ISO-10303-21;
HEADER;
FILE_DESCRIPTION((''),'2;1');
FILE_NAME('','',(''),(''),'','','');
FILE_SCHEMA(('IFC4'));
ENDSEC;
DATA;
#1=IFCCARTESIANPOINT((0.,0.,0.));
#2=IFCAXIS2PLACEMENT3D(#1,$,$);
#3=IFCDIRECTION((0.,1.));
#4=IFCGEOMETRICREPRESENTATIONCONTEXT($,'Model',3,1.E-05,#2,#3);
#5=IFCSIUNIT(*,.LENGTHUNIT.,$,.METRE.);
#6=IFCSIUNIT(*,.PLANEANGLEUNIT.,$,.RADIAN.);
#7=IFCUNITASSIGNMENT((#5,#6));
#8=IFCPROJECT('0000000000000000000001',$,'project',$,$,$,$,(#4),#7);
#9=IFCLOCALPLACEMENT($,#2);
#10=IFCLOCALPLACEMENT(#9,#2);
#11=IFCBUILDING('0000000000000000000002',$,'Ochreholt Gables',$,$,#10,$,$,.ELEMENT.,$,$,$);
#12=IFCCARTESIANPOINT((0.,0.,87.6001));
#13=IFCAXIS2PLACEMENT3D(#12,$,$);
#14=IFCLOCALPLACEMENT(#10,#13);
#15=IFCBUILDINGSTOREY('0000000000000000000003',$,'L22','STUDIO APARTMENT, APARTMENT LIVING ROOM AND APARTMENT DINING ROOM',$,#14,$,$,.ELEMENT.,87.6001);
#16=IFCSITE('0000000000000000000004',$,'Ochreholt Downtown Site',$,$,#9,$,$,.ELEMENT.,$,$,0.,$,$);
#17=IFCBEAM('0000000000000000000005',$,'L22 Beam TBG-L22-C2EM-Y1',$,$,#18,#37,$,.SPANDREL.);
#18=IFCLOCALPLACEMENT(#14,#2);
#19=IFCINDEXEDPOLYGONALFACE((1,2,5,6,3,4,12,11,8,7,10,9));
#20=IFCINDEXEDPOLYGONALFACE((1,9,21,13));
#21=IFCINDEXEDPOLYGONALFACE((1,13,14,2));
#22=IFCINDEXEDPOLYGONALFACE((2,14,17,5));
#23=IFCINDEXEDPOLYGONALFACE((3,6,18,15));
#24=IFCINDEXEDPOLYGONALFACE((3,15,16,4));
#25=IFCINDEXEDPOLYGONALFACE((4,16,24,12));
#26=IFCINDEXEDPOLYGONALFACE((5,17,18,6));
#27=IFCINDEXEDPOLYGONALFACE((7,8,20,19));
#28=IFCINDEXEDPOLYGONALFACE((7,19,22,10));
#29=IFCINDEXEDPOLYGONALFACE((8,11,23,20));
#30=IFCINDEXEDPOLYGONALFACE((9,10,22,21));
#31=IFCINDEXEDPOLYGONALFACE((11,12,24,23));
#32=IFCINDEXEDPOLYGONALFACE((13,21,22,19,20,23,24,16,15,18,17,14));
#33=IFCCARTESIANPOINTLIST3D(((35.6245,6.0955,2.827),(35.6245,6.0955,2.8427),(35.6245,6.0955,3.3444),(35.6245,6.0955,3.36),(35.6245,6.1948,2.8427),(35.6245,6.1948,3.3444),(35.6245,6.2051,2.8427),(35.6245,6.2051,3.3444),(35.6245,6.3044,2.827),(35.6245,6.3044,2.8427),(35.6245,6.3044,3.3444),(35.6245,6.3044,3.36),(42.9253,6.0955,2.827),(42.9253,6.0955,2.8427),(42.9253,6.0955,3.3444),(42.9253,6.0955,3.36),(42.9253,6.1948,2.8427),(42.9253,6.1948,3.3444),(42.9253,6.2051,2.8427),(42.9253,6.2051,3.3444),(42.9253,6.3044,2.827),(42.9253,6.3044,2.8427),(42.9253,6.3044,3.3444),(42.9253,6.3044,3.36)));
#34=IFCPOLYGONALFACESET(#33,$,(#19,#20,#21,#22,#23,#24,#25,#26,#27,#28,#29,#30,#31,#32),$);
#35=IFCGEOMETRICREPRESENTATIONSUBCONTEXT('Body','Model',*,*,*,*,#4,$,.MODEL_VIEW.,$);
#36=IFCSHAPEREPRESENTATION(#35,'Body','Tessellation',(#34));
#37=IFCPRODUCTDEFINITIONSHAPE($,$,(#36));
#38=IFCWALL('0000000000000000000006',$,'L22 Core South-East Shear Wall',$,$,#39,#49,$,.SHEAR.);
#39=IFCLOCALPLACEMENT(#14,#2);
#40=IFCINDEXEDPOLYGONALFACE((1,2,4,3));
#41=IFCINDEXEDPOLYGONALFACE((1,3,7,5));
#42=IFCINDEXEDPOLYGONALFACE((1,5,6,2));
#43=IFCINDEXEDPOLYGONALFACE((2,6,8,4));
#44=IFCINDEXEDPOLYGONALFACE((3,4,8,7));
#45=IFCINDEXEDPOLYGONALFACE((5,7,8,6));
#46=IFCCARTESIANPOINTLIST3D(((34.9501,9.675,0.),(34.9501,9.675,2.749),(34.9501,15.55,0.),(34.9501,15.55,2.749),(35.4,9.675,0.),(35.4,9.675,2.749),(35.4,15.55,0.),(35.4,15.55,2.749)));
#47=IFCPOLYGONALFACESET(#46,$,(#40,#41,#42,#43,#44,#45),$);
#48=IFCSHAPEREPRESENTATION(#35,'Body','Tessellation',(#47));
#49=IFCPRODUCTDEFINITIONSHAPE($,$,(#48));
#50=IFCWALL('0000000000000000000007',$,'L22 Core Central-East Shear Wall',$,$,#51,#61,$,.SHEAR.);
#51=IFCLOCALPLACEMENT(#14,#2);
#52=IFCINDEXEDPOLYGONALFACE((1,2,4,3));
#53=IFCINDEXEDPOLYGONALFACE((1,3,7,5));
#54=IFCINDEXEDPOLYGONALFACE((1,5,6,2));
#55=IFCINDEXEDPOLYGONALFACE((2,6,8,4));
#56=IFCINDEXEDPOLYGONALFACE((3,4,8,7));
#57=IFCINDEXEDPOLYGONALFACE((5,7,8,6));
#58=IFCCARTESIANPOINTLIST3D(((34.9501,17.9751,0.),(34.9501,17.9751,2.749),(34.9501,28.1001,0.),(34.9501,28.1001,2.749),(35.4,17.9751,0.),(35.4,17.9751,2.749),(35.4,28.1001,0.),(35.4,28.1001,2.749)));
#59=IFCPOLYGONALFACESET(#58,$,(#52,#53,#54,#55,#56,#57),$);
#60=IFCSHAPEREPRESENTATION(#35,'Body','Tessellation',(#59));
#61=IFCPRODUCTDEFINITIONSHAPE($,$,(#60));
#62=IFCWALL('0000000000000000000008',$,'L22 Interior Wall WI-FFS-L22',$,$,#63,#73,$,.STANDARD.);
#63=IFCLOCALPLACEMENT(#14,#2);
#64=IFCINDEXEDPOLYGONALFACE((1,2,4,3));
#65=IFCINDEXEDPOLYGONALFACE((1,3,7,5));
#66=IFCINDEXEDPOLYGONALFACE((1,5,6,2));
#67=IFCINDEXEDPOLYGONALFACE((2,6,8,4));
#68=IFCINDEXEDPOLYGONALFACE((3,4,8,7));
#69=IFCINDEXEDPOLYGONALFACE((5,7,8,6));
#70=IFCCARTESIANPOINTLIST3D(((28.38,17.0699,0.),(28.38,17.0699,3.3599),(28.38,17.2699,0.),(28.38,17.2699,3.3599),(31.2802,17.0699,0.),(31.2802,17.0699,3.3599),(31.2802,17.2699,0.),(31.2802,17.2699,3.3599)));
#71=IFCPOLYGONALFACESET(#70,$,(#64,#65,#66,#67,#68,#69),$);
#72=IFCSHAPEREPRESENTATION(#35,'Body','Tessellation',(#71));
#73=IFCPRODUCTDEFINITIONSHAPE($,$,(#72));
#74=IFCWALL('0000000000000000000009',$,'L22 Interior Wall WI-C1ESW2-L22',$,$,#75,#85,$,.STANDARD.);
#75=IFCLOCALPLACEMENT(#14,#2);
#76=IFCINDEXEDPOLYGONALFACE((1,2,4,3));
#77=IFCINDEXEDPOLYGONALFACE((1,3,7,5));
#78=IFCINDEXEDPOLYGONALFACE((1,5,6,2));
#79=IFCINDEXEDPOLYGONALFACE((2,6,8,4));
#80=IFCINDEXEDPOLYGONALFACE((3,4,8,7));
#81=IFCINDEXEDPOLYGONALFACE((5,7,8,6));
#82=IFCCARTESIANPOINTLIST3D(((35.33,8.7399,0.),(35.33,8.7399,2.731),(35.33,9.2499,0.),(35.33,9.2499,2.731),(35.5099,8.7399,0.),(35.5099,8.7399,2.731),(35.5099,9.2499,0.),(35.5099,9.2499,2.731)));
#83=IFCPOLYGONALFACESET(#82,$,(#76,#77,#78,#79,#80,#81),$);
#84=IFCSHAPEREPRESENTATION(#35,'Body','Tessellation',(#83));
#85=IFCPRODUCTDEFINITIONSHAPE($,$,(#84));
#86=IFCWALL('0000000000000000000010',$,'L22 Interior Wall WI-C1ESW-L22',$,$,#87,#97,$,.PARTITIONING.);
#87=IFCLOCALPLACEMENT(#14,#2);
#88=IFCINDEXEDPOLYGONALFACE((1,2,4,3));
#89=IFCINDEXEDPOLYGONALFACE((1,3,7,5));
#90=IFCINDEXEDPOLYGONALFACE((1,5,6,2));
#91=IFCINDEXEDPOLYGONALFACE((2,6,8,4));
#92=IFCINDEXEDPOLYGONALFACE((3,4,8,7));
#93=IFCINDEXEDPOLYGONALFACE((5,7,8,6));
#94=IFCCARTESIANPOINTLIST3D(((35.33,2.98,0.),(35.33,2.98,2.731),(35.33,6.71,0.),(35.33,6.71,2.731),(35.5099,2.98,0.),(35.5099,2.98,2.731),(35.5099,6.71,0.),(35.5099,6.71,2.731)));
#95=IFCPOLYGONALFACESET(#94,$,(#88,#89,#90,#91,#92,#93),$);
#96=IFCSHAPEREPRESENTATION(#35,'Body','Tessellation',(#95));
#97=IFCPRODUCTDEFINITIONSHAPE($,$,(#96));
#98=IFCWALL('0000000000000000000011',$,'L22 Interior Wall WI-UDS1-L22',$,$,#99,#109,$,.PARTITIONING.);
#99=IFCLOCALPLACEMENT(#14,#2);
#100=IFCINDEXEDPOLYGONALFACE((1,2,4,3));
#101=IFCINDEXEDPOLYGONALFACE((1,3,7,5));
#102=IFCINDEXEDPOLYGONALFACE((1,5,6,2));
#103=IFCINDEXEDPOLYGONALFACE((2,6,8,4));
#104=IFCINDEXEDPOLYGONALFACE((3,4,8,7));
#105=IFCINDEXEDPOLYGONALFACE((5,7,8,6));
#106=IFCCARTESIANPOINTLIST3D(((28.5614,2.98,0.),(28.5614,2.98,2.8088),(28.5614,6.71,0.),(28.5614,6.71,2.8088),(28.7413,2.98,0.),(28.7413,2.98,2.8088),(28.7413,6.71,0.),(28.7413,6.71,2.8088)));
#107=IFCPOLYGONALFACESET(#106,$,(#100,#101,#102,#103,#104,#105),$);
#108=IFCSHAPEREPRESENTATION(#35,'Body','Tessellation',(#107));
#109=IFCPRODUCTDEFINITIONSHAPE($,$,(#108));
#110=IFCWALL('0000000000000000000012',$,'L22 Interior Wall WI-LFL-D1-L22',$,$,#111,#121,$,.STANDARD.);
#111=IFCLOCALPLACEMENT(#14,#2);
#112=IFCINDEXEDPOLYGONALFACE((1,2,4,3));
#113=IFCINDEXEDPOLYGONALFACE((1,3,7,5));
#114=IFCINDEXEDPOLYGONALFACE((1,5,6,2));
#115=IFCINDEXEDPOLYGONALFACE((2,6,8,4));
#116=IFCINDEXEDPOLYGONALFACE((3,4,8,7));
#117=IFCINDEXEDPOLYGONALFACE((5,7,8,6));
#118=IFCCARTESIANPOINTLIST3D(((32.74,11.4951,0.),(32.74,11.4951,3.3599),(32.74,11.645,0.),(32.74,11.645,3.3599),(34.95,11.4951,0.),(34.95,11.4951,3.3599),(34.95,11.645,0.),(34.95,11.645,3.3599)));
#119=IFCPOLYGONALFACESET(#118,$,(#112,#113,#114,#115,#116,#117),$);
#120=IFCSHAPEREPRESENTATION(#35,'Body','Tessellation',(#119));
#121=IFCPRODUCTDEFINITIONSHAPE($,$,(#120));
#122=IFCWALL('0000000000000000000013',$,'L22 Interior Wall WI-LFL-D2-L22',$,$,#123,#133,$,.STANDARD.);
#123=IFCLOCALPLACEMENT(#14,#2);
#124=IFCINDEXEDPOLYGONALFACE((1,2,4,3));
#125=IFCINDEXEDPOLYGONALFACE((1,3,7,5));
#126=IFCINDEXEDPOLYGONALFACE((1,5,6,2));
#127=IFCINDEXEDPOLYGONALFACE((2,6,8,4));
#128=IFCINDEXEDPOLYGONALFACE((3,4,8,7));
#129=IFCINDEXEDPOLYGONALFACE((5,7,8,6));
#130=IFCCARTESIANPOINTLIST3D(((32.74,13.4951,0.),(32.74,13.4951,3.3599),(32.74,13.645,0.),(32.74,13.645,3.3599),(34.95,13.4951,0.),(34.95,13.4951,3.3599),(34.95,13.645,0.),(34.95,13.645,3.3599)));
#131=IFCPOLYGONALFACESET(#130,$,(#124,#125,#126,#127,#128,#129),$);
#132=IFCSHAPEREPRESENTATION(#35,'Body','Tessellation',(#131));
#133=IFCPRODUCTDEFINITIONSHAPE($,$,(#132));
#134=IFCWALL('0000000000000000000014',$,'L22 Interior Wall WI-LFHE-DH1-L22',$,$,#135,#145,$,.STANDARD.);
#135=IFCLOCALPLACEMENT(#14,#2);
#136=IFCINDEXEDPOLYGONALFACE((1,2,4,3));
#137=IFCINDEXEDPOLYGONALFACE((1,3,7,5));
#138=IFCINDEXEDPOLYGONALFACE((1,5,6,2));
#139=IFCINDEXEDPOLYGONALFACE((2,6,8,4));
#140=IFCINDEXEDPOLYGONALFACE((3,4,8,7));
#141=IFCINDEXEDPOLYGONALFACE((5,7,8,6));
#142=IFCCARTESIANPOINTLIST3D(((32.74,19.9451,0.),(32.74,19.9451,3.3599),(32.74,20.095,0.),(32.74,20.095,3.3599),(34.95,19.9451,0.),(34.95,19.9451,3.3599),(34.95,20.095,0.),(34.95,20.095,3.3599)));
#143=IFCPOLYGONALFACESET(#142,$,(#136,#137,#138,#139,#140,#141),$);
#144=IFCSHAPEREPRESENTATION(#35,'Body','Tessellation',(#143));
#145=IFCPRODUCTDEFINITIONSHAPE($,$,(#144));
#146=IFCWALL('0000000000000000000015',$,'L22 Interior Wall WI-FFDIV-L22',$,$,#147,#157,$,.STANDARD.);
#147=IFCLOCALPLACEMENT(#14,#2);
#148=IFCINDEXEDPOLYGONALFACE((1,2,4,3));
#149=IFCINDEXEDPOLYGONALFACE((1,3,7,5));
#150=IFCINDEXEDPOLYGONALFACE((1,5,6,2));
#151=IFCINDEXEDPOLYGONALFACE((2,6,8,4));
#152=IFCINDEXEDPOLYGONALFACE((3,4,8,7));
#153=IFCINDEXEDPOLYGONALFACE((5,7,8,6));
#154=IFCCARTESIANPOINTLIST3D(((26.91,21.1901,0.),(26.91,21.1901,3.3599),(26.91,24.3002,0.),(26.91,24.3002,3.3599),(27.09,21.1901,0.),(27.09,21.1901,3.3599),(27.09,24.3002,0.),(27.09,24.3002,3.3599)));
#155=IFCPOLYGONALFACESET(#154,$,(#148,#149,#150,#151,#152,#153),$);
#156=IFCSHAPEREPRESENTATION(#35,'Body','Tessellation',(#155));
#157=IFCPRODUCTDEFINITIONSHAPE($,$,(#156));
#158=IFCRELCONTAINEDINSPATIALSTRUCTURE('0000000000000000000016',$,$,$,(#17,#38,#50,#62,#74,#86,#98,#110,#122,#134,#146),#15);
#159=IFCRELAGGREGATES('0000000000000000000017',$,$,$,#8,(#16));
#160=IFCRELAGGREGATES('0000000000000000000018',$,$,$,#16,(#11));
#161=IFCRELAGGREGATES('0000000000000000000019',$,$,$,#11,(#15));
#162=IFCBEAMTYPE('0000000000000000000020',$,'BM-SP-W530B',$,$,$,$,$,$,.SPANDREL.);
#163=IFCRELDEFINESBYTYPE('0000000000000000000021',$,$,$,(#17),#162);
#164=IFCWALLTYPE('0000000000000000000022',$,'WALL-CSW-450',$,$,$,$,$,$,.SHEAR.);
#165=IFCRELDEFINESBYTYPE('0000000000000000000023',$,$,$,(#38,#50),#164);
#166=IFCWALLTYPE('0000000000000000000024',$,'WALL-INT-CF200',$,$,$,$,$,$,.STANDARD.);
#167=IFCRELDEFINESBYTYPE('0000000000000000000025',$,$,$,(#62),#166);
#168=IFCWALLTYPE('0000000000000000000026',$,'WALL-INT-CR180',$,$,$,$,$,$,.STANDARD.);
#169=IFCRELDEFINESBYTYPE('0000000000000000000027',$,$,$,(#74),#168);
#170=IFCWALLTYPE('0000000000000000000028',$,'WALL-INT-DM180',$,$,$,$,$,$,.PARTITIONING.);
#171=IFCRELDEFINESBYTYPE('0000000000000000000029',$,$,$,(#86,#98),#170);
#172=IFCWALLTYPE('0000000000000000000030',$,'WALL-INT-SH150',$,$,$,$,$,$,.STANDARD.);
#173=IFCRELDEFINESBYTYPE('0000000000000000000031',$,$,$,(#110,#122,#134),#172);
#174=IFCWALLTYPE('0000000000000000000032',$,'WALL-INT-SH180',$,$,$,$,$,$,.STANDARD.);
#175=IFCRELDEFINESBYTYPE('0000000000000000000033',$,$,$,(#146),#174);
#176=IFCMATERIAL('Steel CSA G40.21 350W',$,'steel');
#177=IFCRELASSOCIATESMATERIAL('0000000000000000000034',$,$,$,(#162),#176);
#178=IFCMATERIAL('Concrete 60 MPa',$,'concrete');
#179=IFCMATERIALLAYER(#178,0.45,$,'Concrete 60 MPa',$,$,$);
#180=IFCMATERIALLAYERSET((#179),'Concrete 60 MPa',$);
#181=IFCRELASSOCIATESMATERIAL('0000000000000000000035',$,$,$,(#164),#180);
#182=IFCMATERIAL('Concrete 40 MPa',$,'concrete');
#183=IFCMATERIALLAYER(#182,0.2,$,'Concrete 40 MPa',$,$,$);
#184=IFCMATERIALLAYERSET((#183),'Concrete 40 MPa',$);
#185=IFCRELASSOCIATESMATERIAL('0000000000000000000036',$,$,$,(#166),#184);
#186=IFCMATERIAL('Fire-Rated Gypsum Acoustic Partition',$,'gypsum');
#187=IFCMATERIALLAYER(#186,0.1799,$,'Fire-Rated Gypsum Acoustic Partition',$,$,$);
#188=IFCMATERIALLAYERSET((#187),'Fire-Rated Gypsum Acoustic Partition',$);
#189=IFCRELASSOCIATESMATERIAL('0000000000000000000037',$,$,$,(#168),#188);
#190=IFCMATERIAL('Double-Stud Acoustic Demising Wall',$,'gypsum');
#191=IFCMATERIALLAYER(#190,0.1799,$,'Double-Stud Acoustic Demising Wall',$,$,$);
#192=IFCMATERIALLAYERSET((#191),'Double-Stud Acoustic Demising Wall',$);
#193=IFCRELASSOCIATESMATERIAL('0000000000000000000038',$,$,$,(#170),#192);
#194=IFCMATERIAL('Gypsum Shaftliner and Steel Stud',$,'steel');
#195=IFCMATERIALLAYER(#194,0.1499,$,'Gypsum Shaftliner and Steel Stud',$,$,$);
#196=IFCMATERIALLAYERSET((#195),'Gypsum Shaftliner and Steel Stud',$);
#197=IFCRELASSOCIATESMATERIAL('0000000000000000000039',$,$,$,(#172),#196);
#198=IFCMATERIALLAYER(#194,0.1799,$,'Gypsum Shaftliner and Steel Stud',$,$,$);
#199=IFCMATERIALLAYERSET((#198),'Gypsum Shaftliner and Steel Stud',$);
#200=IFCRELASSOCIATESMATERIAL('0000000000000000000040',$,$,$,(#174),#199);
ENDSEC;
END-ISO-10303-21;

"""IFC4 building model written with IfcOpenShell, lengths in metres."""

from ifc_helpers import new_model, si_unit, direction, frame, frame_2d, origin, origin_2d, place, context, subcontext, project, spatial, rectangle, i_section, extrude, material, layer, layer_set, material_profile, profile_set, type_object, element, save


model = new_model("IFC4")

# Units and contexts
model_context = context("Model", 3, precision=1e-05, world=origin(), true_north=direction((0.0, 1.0)))
body_context = subcontext(model_context, "Body", "Model", "MODEL_VIEW")
ifc_project = project(units=[si_unit("LENGTHUNIT", "METRE"), si_unit("PLANEANGLEUNIT", "RADIAN")], contexts=[model_context])

# Site, building, storey
site_placement = place(None, origin())
site = spatial("IfcSite", under=ifc_project, at=site_placement, Name="Ochreholt Downtown Site", CompositionType="ELEMENT", RefElevation=0.0)
building_placement = place(site_placement, origin())
building = spatial("IfcBuilding", under=site, at=building_placement, Name="Ochreholt Gables", CompositionType="ELEMENT")
storey_placement = place(building_placement, frame((0.0, 0.0, 87.6001)))
storey = spatial("IfcBuildingStorey", under=building, at=storey_placement, Name="L22", Description="STUDIO APARTMENT, APARTMENT LIVING ROOM AND APARTMENT DINING ROOM", CompositionType="ELEMENT", Elevation=87.6001)

# Shared definitions
ifc_material_1 = material(Name="Concrete 60 MPa", Category="concrete")

# Beam
ifc_material_2 = material(Name="Steel CSA G40.21 350W", Category="steel")
ifc_material_profile_1 = material_profile(ifc_material_2, i_section(OverallWidth=0.209, OverallDepth=0.533, WebThickness=0.0103, FlangeThickness=0.0156, at=origin_2d()), Name="W530X92")
ifc_profile_set_1 = profile_set([ifc_material_profile_1], Name="Steel CSA G40.21 350W")
beam_type_1 = type_object("IfcBeamType", Name="BM-SP-W530B", PredefinedType="SPANDREL", material=ifc_profile_set_1)
beam_1_placement = place(storey_placement, frame((35.6245, 6.2, 3.0935), z_axis=(1.0, 0.0, 0.0), x_axis=(0.0, 1.0, 0.0)))
element("IfcBeam", 1, at=beam_1_placement, inside=storey, type_object=beam_type_1, Name="L22 Beam TBG-L22-C2EM-Y1", PredefinedType="SPANDREL", context=body_context, shape_type="SweptSolid", body=[
    extrude(i_section(OverallWidth=0.209, OverallDepth=0.533, WebThickness=0.0103, FlangeThickness=0.0156, at=origin_2d()), origin(), (0.0, 0.0, 1.0), 7.3008),
])

# Walls
ifc_layer_1 = layer(ifc_material_1, 0.45, Name="Concrete 60 MPa")
ifc_layer_set_1 = layer_set([ifc_layer_1], Name="Concrete 60 MPa")
wall_type_1 = type_object("IfcWallType", Name="WALL-CSW-450", PredefinedType="SHEAR", material=ifc_layer_set_1)
wall_1_placement = place(storey_placement, frame((35.175, 9.675, 0.0), z_axis=(0.0, 0.0, 1.0), x_axis=(0.0, 1.0, 0.0)))
element("IfcWall", 2, at=wall_1_placement, inside=storey, type_object=wall_type_1, Name="L22 Core South-East Shear Wall", PredefinedType="SHEAR", context=body_context, shape_type="SweptSolid", body=[
    extrude(rectangle(XDim=5.875, YDim=0.45, at=frame_2d((2.9375, 0.0))), origin(), (0.0, 0.0, 1.0), 2.749),
])
wall_2_placement = place(storey_placement, frame((35.175, 17.9751, 0.0), z_axis=(0.0, 0.0, 1.0), x_axis=(0.0, 1.0, 0.0)))
element("IfcWall", 3, at=wall_2_placement, inside=storey, type_object=wall_type_1, Name="L22 Core Central-East Shear Wall", PredefinedType="SHEAR", context=body_context, shape_type="SweptSolid", body=[
    extrude(rectangle(XDim=10.125, YDim=0.45, at=frame_2d((5.0625, 0.0))), origin(), (0.0, 0.0, 1.0), 2.749),
])
ifc_material_3 = material(Name="Concrete 40 MPa", Category="concrete")
ifc_layer_2 = layer(ifc_material_3, 0.2, Name="Concrete 40 MPa")
ifc_layer_set_2 = layer_set([ifc_layer_2], Name="Concrete 40 MPa")
wall_type_2 = type_object("IfcWallType", Name="WALL-INT-CF200", PredefinedType="STANDARD", material=ifc_layer_set_2)
wall_3_placement = place(storey_placement, frame((28.3799, 17.1699, 0.0), z_axis=(0.0, 0.0, 1.0), x_axis=(1.0, 0.0, 0.0)))
element("IfcWall", 4, at=wall_3_placement, inside=storey, type_object=wall_type_2, Name="L22 Interior Wall WI-FFS-L22", PredefinedType="STANDARD", context=body_context, shape_type="SweptSolid", body=[
    extrude(rectangle(XDim=2.9001, YDim=0.2, at=frame_2d((1.4502, 0.0))), origin(), (0.0, 0.0, 1.0), 3.3599),
])

# Walls
ifc_material_4 = material(Name="Fire-Rated Gypsum Acoustic Partition", Category="gypsum")
ifc_layer_3 = layer(ifc_material_4, 0.1799, Name="Fire-Rated Gypsum Acoustic Partition")
ifc_layer_set_3 = layer_set([ifc_layer_3], Name="Fire-Rated Gypsum Acoustic Partition")
wall_type_3 = type_object("IfcWallType", Name="WALL-INT-CR180", PredefinedType="STANDARD", material=ifc_layer_set_3)
wall_4_placement = place(storey_placement, frame((35.4199, 8.74, 0.0), z_axis=(0.0, 0.0, 1.0), x_axis=(0.0, 1.0, 0.0)))
element("IfcWall", 5, at=wall_4_placement, inside=storey, type_object=wall_type_3, Name="L22 Interior Wall WI-C1ESW2-L22", PredefinedType="STANDARD", context=body_context, shape_type="SweptSolid", body=[
    extrude(rectangle(XDim=0.51, YDim=0.1799, at=frame_2d((0.2549, 0.0))), origin(), (0.0, 0.0, 1.0), 2.731),
])
ifc_material_5 = material(Name="Double-Stud Acoustic Demising Wall", Category="gypsum")
ifc_layer_4 = layer(ifc_material_5, 0.1799, Name="Double-Stud Acoustic Demising Wall")
ifc_layer_set_4 = layer_set([ifc_layer_4], Name="Double-Stud Acoustic Demising Wall")
wall_type_4 = type_object("IfcWallType", Name="WALL-INT-DM180", PredefinedType="PARTITIONING", material=ifc_layer_set_4)
wall_5_placement = place(storey_placement, frame((35.4199, 2.98, 0.0), z_axis=(0.0, 0.0, 1.0), x_axis=(0.0, 1.0, 0.0)))
element("IfcWall", 6, at=wall_5_placement, inside=storey, type_object=wall_type_4, Name="L22 Interior Wall WI-C1ESW-L22", PredefinedType="PARTITIONING", context=body_context, shape_type="SweptSolid", body=[
    extrude(rectangle(XDim=3.73, YDim=0.1799, at=frame_2d((1.865, 0.0))), origin(), (0.0, 0.0, 1.0), 2.731),
])
wall_6_placement = place(storey_placement, frame((28.6514, 2.98, 0.0), z_axis=(0.0, 0.0, 1.0), x_axis=(0.0, 1.0, 0.0)))
element("IfcWall", 7, at=wall_6_placement, inside=storey, type_object=wall_type_4, Name="L22 Interior Wall WI-UDS1-L22", PredefinedType="PARTITIONING", context=body_context, shape_type="SweptSolid", body=[
    extrude(rectangle(XDim=3.73, YDim=0.1799, at=frame_2d((1.865, 0.0))), origin(), (0.0, 0.0, 1.0), 2.8088),
])
ifc_material_6 = material(Name="Gypsum Shaftliner and Steel Stud", Category="steel")
ifc_layer_5 = layer(ifc_material_6, 0.1499, Name="Gypsum Shaftliner and Steel Stud")
ifc_layer_set_5 = layer_set([ifc_layer_5], Name="Gypsum Shaftliner and Steel Stud")
wall_type_5 = type_object("IfcWallType", Name="WALL-INT-SH150", PredefinedType="STANDARD", material=ifc_layer_set_5)
for number, where, z_axis, x_axis, name in (
    (8, (32.74, 11.5701, 0.0), (0.0, 0.0, 1.0), (1.0, 0.0, 0.0), "L22 Interior Wall WI-LFL-D1-L22"),
    (9, (32.74, 13.5701, 0.0), (0.0, 0.0, 1.0), (1.0, 0.0, 0.0), "L22 Interior Wall WI-LFL-D2-L22"),
    (10, (32.74, 20.02, 0.0), (0.0, 0.0, 1.0), (1.0, 0.0, 0.0), "L22 Interior Wall WI-LFHE-DH1-L22"),
):
    element("IfcWall", number, at=place(storey_placement, frame(where, z_axis=z_axis, x_axis=x_axis)), inside=storey, type_object=wall_type_5, Name=name, PredefinedType="STANDARD", context=body_context, shape_type="SweptSolid", body=[
        extrude(rectangle(XDim=2.21, YDim=0.1499, at=frame_2d((1.105, 0.0))), origin(), (0.0, 0.0, 1.0), 3.3599),
    ])
ifc_layer_6 = layer(ifc_material_6, 0.1799, Name="Gypsum Shaftliner and Steel Stud")
ifc_layer_set_6 = layer_set([ifc_layer_6], Name="Gypsum Shaftliner and Steel Stud")
wall_type_6 = type_object("IfcWallType", Name="WALL-INT-SH180", PredefinedType="STANDARD", material=ifc_layer_set_6)
wall_7_placement = place(storey_placement, frame((27.0, 21.1899, 0.0), z_axis=(0.0, 0.0, 1.0), x_axis=(0.0, 1.0, 0.0)))
element("IfcWall", 11, at=wall_7_placement, inside=storey, type_object=wall_type_6, Name="L22 Interior Wall WI-FFDIV-L22", PredefinedType="STANDARD", context=body_context, shape_type="SweptSolid", body=[
    extrude(rectangle(XDim=3.1101, YDim=0.1799, at=frame_2d((1.5552, 0.0))), origin(), (0.0, 0.0, 1.0), 3.3599),
])

save(model, "model.ifc")
